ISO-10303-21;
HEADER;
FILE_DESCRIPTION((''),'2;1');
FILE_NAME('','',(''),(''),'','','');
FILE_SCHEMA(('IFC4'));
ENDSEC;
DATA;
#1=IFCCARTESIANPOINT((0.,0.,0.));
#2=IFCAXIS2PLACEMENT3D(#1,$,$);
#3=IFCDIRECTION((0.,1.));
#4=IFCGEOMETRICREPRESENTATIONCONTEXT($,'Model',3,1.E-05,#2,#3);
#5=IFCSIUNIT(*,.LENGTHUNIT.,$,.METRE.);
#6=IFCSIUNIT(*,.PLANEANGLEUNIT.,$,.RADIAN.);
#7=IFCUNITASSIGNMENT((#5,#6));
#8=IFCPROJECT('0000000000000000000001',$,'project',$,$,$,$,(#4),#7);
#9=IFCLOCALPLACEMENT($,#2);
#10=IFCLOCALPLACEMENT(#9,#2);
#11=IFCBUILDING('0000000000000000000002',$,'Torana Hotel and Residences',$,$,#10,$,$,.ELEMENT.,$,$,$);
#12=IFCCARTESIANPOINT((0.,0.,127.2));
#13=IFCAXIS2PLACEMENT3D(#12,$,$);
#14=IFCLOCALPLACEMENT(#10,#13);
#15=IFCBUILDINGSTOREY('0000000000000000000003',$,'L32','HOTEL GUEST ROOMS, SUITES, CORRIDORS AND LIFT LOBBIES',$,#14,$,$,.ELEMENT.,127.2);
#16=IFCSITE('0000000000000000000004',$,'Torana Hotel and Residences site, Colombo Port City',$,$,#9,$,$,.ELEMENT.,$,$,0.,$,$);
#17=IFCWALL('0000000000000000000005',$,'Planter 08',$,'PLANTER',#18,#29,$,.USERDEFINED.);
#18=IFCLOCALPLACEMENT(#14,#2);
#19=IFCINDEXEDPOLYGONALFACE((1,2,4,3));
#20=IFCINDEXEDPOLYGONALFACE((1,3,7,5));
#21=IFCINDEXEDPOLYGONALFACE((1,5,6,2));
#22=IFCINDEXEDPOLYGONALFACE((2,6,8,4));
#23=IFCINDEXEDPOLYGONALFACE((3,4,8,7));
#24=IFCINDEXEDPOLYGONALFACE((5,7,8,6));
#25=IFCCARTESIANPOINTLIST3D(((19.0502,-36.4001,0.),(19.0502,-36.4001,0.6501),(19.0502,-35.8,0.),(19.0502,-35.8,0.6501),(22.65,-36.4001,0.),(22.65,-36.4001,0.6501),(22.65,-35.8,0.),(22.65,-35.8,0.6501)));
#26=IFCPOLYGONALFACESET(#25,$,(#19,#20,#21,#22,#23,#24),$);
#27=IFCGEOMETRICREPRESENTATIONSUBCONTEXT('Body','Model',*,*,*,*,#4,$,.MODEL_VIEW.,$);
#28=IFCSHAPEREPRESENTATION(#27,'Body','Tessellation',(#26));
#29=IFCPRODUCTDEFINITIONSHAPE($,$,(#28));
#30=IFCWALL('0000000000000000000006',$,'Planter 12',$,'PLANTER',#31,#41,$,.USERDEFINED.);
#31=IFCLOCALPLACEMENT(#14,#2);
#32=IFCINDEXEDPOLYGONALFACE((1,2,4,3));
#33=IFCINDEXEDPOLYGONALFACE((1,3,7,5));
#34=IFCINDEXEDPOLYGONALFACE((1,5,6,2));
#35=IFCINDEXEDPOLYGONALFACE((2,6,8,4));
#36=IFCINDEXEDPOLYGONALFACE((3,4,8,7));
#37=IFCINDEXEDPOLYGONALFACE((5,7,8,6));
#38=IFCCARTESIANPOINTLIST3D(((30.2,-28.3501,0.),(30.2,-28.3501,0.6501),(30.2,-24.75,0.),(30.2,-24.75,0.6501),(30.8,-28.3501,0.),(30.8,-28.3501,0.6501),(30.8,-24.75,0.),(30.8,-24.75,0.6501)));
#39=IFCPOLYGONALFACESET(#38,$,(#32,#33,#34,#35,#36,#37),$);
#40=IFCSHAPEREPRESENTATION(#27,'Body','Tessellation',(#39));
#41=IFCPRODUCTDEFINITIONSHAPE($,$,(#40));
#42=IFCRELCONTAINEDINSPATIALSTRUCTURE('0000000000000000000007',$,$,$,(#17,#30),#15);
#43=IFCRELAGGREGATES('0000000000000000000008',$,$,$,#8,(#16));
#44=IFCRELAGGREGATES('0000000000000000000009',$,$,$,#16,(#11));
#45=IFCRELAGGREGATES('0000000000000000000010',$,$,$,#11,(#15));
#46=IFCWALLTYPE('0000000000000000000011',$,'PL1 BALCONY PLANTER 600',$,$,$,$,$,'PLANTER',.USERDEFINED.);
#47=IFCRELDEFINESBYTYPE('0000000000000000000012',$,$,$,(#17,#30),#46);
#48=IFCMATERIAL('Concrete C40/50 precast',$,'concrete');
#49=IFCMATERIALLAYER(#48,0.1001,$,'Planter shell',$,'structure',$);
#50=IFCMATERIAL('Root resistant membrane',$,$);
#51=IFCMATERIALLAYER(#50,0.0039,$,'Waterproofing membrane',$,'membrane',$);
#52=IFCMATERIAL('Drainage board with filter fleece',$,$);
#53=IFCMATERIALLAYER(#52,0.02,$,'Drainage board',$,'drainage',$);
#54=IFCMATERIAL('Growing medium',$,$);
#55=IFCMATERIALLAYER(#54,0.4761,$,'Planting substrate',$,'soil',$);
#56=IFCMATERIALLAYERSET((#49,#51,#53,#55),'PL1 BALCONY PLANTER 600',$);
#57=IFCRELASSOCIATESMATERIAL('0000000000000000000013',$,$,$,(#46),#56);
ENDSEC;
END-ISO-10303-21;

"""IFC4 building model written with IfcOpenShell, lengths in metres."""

from ifc_helpers import new_model, si_unit, direction, frame, frame_2d, origin, place, context, subcontext, project, spatial, rectangle, extrude, material, layer, layer_set, type_object, element, save


model = new_model("IFC4")

# Units and contexts
model_context = context("Model", 3, precision=1e-05, world=origin(), true_north=direction((0.0, 1.0)))
body_context = subcontext(model_context, "Body", "Model", "MODEL_VIEW")
ifc_project = project(units=[si_unit("LENGTHUNIT", "METRE"), si_unit("PLANEANGLEUNIT", "RADIAN")], contexts=[model_context])

# Site, building, storey
site_placement = place(None, origin())
site = spatial("IfcSite", under=ifc_project, at=site_placement, Name="Torana Hotel and Residences site, Colombo Port City", CompositionType="ELEMENT", RefElevation=0.0)
building_placement = place(site_placement, origin())
building = spatial("IfcBuilding", under=site, at=building_placement, Name="Torana Hotel and Residences", CompositionType="ELEMENT")
storey_placement = place(building_placement, frame((0.0, 0.0, 127.2)))
storey = spatial("IfcBuildingStorey", under=building, at=storey_placement, Name="L32", Description="HOTEL GUEST ROOMS, SUITES, CORRIDORS AND LIFT LOBBIES", CompositionType="ELEMENT", Elevation=127.2)

# Walls
ifc_material_1 = material(Name="Concrete C40/50 precast", Category="concrete")
ifc_layer_1 = layer(ifc_material_1, 0.1001, Name="Planter shell", Category="structure")
ifc_material_2 = material(Name="Root resistant membrane")
ifc_layer_2 = layer(ifc_material_2, 0.0039, Name="Waterproofing membrane", Category="membrane")
ifc_material_3 = material(Name="Drainage board with filter fleece")
ifc_layer_3 = layer(ifc_material_3, 0.02, Name="Drainage board", Category="drainage")
ifc_material_4 = material(Name="Growing medium")
ifc_layer_4 = layer(ifc_material_4, 0.4761, Name="Planting substrate", Category="soil")
ifc_layer_set_1 = layer_set([ifc_layer_1, ifc_layer_2, ifc_layer_3, ifc_layer_4], Name="PL1 BALCONY PLANTER 600")
wall_type_1 = type_object("IfcWallType", Name="PL1 BALCONY PLANTER 600", ElementType="PLANTER", PredefinedType="USERDEFINED", material=ifc_layer_set_1)
wall_1_placement = place(storey_placement, frame((22.6499, -36.1001, 0.0), z_axis=(0.0, 0.0, 1.0), x_axis=(-1.0, 0.0, 0.0)))
element("IfcWall", 1, at=wall_1_placement, inside=storey, type_object=wall_type_1, Name="Planter 08", ObjectType="PLANTER", PredefinedType="USERDEFINED", context=body_context, shape_type="SweptSolid", body=[
    extrude(rectangle(XDim=3.5999, YDim=0.6001, at=frame_2d((1.7998, 0.0))), origin(), (0.0, 0.0, 1.0), 0.6501),
])
wall_2_placement = place(storey_placement, frame((30.5, -24.75, 0.0), z_axis=(0.0, 0.0, 1.0), x_axis=(0.0, -1.0, 0.0)))
element("IfcWall", 2, at=wall_2_placement, inside=storey, type_object=wall_type_1, Name="Planter 12", ObjectType="PLANTER", PredefinedType="USERDEFINED", context=body_context, shape_type="SweptSolid", body=[
    extrude(rectangle(XDim=3.6001, YDim=0.6001, at=frame_2d((1.8, 0.0))), origin(), (0.0, 0.0, 1.0), 0.6501),
])

save(model, "model.ifc")
